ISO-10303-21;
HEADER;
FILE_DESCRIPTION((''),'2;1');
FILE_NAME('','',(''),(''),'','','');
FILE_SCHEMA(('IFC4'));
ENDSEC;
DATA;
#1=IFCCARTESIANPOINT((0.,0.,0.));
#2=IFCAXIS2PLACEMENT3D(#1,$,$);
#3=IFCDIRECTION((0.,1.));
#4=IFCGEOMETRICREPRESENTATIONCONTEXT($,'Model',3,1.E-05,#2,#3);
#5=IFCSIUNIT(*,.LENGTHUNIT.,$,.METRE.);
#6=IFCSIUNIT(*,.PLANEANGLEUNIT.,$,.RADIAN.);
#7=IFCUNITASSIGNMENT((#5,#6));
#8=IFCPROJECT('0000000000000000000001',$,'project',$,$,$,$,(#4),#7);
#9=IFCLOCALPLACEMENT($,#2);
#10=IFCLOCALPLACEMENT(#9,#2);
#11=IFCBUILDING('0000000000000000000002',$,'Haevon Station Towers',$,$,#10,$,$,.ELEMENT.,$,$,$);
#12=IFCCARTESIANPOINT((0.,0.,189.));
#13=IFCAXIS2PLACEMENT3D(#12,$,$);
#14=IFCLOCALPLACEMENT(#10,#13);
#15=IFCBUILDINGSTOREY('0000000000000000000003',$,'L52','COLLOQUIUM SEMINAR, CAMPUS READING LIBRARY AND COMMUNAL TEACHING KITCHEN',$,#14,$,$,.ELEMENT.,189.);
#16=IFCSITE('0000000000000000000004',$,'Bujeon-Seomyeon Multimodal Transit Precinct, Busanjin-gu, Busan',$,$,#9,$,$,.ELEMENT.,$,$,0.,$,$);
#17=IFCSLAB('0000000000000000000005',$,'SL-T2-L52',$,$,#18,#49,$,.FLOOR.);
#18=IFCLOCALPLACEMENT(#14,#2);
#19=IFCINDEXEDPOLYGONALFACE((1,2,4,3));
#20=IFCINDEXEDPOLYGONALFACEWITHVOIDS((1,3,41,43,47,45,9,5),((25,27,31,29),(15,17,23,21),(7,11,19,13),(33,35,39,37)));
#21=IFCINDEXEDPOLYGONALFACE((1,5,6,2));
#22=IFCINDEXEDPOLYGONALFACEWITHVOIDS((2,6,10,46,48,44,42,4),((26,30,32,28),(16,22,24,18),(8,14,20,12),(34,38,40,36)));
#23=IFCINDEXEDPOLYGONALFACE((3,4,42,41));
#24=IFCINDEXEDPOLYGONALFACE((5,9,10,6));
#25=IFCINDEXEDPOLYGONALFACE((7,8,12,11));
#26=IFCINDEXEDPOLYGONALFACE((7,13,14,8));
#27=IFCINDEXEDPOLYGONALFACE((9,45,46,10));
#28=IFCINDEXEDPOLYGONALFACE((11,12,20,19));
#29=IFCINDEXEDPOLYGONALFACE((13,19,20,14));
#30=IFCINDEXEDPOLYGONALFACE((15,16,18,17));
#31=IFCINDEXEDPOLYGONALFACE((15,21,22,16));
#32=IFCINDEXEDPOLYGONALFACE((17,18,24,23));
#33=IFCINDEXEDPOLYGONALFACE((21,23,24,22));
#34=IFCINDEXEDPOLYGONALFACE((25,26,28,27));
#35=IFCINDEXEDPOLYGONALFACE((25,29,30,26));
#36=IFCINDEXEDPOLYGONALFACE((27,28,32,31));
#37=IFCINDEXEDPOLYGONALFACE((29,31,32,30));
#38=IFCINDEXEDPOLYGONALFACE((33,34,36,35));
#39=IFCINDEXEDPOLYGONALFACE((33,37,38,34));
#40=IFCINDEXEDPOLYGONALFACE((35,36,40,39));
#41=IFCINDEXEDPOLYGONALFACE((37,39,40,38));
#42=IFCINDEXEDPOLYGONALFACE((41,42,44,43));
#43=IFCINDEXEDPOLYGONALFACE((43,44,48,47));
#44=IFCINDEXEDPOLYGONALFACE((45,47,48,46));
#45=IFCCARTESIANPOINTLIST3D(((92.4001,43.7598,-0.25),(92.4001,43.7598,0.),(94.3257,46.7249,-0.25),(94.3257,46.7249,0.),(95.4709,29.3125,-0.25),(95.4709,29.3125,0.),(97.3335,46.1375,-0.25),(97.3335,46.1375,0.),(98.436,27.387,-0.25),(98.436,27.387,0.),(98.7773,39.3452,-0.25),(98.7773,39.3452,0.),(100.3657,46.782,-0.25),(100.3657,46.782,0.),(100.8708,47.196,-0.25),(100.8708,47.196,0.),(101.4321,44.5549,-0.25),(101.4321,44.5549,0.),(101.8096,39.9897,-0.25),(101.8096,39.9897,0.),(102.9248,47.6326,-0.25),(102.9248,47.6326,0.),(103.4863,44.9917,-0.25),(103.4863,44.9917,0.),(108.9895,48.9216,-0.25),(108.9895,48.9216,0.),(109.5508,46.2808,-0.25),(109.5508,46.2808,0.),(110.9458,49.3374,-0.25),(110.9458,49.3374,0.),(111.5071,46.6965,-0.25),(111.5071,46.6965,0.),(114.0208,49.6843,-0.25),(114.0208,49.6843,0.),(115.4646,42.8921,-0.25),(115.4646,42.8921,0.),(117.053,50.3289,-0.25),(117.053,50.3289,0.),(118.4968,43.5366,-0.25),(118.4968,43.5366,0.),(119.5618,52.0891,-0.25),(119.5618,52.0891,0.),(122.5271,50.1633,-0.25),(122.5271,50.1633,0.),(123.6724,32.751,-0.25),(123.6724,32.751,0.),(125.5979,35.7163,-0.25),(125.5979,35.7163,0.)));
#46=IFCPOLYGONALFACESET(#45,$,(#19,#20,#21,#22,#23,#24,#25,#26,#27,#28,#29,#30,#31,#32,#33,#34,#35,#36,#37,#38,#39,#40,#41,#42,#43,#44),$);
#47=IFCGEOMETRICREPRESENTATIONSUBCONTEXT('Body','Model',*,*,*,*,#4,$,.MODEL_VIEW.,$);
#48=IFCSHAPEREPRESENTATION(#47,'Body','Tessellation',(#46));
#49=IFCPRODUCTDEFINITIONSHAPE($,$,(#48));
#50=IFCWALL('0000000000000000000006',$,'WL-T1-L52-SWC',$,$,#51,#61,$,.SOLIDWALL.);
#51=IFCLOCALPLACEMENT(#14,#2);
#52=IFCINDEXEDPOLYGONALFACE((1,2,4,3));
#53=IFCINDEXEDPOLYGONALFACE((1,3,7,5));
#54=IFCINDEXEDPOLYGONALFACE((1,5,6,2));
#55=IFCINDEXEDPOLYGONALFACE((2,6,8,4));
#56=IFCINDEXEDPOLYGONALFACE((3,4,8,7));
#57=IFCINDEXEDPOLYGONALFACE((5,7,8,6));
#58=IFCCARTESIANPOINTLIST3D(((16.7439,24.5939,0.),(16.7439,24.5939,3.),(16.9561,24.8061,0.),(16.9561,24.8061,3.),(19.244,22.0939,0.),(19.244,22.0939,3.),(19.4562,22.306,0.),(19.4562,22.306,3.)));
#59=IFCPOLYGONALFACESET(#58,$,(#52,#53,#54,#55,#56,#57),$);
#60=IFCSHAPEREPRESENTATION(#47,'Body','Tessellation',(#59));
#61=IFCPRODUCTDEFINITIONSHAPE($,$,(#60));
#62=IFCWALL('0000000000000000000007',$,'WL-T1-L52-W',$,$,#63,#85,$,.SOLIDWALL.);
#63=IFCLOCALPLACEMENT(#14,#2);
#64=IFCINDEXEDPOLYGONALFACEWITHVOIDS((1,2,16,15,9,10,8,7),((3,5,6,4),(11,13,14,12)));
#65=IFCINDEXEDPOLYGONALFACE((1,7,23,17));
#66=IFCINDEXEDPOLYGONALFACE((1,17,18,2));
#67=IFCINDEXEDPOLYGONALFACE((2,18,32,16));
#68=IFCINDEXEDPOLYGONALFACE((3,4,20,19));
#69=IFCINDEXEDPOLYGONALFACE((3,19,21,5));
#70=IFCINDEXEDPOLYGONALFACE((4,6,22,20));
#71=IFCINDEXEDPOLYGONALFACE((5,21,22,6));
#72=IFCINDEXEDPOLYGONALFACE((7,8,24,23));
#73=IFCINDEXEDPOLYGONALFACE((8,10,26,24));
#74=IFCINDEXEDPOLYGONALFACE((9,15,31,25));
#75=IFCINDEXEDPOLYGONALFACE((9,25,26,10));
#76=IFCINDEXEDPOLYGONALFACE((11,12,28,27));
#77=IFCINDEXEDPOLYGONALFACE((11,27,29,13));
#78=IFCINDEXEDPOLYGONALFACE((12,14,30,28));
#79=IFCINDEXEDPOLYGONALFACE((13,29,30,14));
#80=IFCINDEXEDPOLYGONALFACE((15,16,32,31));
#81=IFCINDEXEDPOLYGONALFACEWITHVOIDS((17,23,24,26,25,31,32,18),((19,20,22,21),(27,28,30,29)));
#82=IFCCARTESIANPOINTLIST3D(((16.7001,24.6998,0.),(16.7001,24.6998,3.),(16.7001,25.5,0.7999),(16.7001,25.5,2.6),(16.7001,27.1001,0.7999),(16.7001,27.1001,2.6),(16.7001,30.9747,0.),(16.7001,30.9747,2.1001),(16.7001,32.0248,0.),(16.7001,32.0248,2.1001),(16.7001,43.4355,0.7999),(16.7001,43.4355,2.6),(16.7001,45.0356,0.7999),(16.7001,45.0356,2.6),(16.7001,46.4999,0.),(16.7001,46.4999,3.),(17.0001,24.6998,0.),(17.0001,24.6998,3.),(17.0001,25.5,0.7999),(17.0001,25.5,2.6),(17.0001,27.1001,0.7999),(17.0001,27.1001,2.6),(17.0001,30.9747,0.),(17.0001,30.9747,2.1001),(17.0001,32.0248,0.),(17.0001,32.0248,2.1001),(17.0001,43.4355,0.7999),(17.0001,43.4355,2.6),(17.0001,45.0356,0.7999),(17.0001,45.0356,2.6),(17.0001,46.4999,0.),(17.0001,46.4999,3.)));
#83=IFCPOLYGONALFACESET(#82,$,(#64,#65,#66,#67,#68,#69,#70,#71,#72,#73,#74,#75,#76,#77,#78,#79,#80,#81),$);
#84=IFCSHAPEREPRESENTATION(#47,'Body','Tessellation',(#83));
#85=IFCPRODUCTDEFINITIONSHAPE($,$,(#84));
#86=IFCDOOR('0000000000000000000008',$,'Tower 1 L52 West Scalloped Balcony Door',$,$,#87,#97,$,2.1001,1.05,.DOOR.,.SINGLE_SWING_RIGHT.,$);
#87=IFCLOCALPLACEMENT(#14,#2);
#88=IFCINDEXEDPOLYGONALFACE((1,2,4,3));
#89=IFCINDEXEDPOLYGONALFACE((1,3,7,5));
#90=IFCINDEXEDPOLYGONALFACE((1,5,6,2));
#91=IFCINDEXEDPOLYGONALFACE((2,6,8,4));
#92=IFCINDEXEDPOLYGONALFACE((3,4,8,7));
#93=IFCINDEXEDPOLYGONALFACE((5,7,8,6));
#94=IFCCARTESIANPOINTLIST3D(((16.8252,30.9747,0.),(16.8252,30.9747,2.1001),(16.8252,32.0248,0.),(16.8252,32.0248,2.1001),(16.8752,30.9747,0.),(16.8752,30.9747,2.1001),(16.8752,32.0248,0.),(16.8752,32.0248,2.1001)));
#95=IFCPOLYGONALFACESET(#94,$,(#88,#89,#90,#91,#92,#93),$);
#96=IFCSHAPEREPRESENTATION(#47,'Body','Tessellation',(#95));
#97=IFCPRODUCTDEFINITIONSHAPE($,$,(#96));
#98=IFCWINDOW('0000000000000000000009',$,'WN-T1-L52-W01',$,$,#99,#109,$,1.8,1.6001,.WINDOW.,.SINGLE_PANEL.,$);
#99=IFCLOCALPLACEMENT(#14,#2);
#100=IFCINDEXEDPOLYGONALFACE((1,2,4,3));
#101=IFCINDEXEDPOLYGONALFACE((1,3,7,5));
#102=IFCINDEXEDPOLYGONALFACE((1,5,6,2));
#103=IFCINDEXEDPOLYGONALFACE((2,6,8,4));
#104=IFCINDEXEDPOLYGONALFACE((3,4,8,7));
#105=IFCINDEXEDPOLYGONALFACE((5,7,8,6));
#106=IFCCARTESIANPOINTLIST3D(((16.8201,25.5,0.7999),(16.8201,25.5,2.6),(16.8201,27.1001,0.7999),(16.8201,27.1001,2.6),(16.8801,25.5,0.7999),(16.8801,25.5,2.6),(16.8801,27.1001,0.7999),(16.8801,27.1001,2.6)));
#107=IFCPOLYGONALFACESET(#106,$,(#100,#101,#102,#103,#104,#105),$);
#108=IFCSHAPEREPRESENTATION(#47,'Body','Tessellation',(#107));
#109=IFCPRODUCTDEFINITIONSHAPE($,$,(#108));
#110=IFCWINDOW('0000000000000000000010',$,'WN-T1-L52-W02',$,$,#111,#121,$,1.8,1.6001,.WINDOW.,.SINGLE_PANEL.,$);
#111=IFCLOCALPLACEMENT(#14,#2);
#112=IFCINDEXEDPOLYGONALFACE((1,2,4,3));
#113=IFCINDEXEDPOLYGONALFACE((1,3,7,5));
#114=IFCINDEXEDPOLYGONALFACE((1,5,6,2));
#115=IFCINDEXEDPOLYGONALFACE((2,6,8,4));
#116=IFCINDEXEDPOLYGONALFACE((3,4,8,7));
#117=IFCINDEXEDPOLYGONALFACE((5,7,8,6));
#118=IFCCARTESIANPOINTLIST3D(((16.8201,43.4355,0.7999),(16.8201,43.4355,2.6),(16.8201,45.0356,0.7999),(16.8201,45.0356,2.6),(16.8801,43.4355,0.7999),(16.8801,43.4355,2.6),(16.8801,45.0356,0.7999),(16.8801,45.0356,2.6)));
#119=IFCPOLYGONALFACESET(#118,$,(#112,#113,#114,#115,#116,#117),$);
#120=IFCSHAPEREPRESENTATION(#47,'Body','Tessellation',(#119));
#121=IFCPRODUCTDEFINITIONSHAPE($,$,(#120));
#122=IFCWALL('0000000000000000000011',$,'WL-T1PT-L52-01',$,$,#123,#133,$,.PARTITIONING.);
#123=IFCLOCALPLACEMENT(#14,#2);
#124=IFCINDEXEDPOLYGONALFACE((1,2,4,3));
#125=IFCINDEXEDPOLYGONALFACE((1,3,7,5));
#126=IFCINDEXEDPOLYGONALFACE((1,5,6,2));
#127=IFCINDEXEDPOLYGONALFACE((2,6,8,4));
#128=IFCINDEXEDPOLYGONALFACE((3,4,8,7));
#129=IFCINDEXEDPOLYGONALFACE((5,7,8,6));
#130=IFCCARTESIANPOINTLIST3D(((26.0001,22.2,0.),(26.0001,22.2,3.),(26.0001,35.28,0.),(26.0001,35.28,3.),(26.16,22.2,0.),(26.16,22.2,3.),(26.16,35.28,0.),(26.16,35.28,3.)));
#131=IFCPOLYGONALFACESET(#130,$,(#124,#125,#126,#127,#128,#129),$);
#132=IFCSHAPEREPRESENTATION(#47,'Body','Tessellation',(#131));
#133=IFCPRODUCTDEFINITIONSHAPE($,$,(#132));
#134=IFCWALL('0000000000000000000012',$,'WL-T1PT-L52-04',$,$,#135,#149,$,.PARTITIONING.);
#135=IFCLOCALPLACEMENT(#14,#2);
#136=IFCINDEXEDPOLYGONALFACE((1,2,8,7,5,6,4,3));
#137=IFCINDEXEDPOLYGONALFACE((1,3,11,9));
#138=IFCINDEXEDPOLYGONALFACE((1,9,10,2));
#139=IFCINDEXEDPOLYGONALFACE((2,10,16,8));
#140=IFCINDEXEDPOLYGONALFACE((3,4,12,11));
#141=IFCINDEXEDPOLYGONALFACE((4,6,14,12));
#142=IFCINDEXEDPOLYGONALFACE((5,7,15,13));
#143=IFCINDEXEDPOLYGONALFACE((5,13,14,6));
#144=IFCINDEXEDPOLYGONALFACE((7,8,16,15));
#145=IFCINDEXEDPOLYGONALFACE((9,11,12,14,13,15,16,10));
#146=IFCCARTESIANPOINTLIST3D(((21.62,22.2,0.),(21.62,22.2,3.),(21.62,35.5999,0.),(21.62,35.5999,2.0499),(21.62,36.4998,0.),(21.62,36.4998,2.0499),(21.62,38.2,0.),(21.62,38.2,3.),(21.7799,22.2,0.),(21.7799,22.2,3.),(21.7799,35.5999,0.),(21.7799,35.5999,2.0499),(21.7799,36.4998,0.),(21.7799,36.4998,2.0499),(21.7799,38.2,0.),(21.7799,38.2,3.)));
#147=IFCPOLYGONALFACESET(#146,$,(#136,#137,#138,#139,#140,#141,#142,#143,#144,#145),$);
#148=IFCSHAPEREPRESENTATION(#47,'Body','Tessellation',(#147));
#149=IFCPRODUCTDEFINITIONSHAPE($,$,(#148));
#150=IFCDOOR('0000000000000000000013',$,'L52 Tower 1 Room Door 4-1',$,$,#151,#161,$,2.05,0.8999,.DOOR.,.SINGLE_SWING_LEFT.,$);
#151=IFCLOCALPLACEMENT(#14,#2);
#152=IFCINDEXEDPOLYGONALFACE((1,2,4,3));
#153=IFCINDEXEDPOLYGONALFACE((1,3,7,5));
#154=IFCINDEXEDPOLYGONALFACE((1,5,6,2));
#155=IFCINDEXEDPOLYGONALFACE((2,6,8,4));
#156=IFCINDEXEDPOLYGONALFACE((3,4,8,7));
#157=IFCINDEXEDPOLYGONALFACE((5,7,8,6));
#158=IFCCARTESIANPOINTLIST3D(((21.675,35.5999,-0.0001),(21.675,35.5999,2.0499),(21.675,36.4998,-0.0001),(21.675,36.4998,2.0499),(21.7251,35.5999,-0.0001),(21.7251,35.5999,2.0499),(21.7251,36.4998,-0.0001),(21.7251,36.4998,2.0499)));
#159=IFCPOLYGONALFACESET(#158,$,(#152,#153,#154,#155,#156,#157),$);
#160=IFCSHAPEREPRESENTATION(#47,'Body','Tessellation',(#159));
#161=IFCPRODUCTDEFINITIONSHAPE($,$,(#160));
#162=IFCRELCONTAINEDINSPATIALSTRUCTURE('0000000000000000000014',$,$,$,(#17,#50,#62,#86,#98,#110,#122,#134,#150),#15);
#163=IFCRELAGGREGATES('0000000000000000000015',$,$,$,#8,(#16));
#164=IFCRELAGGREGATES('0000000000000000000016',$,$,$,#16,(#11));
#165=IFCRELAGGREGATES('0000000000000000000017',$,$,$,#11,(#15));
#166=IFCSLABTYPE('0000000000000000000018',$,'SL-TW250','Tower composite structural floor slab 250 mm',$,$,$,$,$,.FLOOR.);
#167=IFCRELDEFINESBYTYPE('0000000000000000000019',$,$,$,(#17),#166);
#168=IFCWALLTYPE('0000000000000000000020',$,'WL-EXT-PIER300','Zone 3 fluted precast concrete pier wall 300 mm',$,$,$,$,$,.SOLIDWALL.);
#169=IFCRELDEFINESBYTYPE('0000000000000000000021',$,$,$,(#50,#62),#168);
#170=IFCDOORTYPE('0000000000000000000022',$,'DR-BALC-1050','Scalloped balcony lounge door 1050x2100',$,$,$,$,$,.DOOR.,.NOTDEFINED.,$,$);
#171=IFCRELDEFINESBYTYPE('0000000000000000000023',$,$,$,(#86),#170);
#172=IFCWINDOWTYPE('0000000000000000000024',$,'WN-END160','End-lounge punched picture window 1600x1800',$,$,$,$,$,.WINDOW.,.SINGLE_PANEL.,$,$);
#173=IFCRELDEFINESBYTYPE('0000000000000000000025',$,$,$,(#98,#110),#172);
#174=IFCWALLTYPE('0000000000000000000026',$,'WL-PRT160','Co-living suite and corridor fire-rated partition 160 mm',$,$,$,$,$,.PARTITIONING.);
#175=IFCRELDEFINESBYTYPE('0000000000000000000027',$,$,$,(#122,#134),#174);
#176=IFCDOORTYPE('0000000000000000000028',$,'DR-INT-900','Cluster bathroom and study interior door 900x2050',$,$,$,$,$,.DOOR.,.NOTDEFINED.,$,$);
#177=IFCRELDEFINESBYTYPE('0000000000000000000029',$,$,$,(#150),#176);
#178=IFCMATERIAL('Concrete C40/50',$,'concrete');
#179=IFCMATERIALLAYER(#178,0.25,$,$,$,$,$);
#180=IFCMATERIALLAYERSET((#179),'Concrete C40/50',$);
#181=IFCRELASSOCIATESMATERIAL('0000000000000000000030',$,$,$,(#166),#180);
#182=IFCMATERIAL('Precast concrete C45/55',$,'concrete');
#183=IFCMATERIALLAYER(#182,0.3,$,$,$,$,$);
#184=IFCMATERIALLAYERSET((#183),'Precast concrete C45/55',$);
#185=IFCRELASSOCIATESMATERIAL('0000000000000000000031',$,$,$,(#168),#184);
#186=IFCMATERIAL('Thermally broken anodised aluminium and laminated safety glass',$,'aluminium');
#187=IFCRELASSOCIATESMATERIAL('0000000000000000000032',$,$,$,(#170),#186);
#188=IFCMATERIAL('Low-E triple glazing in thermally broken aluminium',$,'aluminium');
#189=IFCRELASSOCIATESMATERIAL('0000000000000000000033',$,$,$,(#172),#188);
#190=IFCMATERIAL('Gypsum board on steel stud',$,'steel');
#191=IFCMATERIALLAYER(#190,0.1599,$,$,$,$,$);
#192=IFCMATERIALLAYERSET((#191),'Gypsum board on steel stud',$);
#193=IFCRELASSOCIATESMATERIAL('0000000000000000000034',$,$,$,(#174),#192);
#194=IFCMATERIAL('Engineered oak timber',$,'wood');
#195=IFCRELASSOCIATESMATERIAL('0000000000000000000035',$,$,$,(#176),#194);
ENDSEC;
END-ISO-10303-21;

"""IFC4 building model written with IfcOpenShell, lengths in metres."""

from ifc_helpers import new_model, si_unit, direction, frame, frame_2d, origin, place, context, subcontext, project, spatial, polyline, rectangle, outline, extrude, material, layer, layer_set, type_object, element, fill, save


model = new_model("IFC4")

# Units and contexts
model_context = context("Model", 3, precision=1e-05, world=origin(), true_north=direction((0.0, 1.0)))
body_context = subcontext(model_context, "Body", "Model", "MODEL_VIEW")
ifc_project = project(units=[si_unit("LENGTHUNIT", "METRE"), si_unit("PLANEANGLEUNIT", "RADIAN")], contexts=[model_context])

# Site, building, storey
site_placement = place(None, origin())
site = spatial("IfcSite", under=ifc_project, at=site_placement, Name="Bujeon-Seomyeon Multimodal Transit Precinct, Busanjin-gu, Busan", CompositionType="ELEMENT", RefElevation=0.0)
building_placement = place(site_placement, origin())
building = spatial("IfcBuilding", under=site, at=building_placement, Name="Haevon Station Towers", CompositionType="ELEMENT")
storey_placement = place(building_placement, frame((0.0, 0.0, 189.0)))
storey = spatial("IfcBuildingStorey", under=building, at=storey_placement, Name="L52", Description="COLLOQUIUM SEMINAR, CAMPUS READING LIBRARY AND COMMUNAL TEACHING KITCHEN", CompositionType="ELEMENT", Elevation=189.0)

# Shared definitions
ifc_material_1 = material(Name="Concrete C40/50", Category="concrete")

# Slab
ifc_layer_1 = layer(ifc_material_1, 0.25)
ifc_layer_set_1 = layer_set([ifc_layer_1], Name="Concrete C40/50")
slab_type_1 = type_object("IfcSlabType", Name="SL-TW250", Description="Tower composite structural floor slab 250 mm", PredefinedType="FLOOR", material=ifc_layer_set_1)
slab_1_placement = place(storey_placement, frame((0.0, 0.0, -0.25)))
element("IfcSlab", 1, at=slab_1_placement, inside=storey, type_object=slab_type_1, Name="SL-T2-L52", PredefinedType="FLOOR", context=body_context, shape_type="SweptSolid", body=[
    extrude(outline(polyline([(98.436, 27.387), (123.6724, 32.751), (125.5979, 35.7163), (122.5271, 50.1633), (119.5618, 52.0891), (94.3257, 46.7249), (92.4001, 43.7598), (95.4709, 29.3125), (98.436, 27.387)]), holes=[polyline([(101.8096, 39.9897), (100.3657, 46.782), (97.3335, 46.1375), (98.7773, 39.3452), (101.8096, 39.9897)]), polyline([(118.4968, 43.5366), (117.053, 50.3289), (114.0208, 49.6843), (115.4646, 42.8921), (118.4968, 43.5366)]), polyline([(101.4321, 44.5549), (103.4863, 44.9917), (102.9248, 47.6326), (100.8708, 47.196), (101.4321, 44.5549)]), polyline([(109.5508, 46.2808), (111.5071, 46.6965), (110.9458, 49.3374), (108.9895, 48.9216), (109.5508, 46.2808)])]), origin(), (0.0, 0.0, 1.0), 0.25),
])

# Wall
ifc_material_2 = material(Name="Precast concrete C45/55", Category="concrete")
ifc_layer_2 = layer(ifc_material_2, 0.3)
ifc_layer_set_2 = layer_set([ifc_layer_2], Name="Precast concrete C45/55")
wall_type_1 = type_object("IfcWallType", Name="WL-EXT-PIER300", Description="Zone 3 fluted precast concrete pier wall 300 mm", PredefinedType="SOLIDWALL", material=ifc_layer_set_2)
wall_1_placement = place(storey_placement, frame((19.3501, 22.2, 0.0), z_axis=(0.0, 0.0, 1.0), x_axis=(-0.707107, 0.707107, 0.0)))
element("IfcWall", 2, at=wall_1_placement, inside=storey, type_object=wall_type_1, Name="WL-T1-L52-SWC", PredefinedType="SOLIDWALL", context=body_context, shape_type="SweptSolid", body=[
    extrude(rectangle(XDim=3.5356, YDim=0.3, at=frame_2d((1.7678, 0.0))), origin(), (0.0, 0.0, 1.0), 3.0),
])

# Wall, openings, door, windows
wall_2_placement = place(storey_placement, frame((16.8501, 24.7, 0.0), z_axis=(0.0, 0.0, 1.0), x_axis=(0.0, 1.0, 0.0)))
wall_2 = element("IfcWall", 3, at=wall_2_placement, inside=storey, type_object=wall_type_1, Name="WL-T1-L52-W", PredefinedType="SOLIDWALL", context=body_context, shape_type="SweptSolid", body=[
    extrude(rectangle(XDim=21.8, YDim=0.3, at=frame_2d((10.8999, 0.0))), origin(), (0.0, 0.0, 1.0), 3.0),
])
opening_1_placement = place(wall_2_placement, frame((6.2749, 0.0, 0.0)))
opening_1 = element("IfcOpeningElement", 4, at=opening_1_placement, cuts=wall_2, PredefinedType="OPENING", context=body_context, shape_type="SweptSolid", body=[
    extrude(rectangle(XDim=1.05, YDim=2.1001, at=frame_2d((0.5249, 1.05))), frame((0.0, 0.1599, 0.0), z_axis=(0.0, -1.0, 0.0), x_axis=(1.0, 0.0, 0.0)), (0.0, 0.0, 1.0), 0.3201),
])
opening_2_placement = place(wall_2_placement, frame((0.8, 0.0, 0.8)))
opening_2 = element("IfcOpeningElement", 5, at=opening_2_placement, cuts=wall_2, PredefinedType="OPENING", context=body_context, shape_type="SweptSolid", body=[
    extrude(rectangle(XDim=1.6001, YDim=1.8, at=frame_2d((0.8, 0.8999))), frame((0.0, 0.1599, 0.0), z_axis=(0.0, -1.0, 0.0), x_axis=(1.0, 0.0, 0.0)), (0.0, 0.0, 1.0), 0.3201),
])
opening_3_placement = place(wall_2_placement, frame((18.7356, 0.0, 0.8)))
opening_3 = element("IfcOpeningElement", 6, at=opening_3_placement, cuts=wall_2, PredefinedType="OPENING", context=body_context, shape_type="SweptSolid", body=[
    extrude(rectangle(XDim=1.6001, YDim=1.8, at=frame_2d((0.8, 0.8999))), frame((0.0, 0.1599, 0.0), z_axis=(0.0, -1.0, 0.0), x_axis=(1.0, 0.0, 0.0)), (0.0, 0.0, 1.0), 0.3201),
])
ifc_material_3 = material(Name="Thermally broken anodised aluminium and laminated safety glass", Category="aluminium")
door_type_1 = type_object("IfcDoorType", Name="DR-BALC-1050", Description="Scalloped balcony lounge door 1050x2100", OperationType="NOTDEFINED", PredefinedType="DOOR", material=ifc_material_3)
door_1_placement = place(opening_1_placement, origin())
door_1 = element("IfcDoor", 7, at=door_1_placement, inside=storey, type_object=door_type_1, Name="Tower 1 L52 West Scalloped Balcony Door", OperationType="SINGLE_SWING_RIGHT", OverallHeight=2.1001, OverallWidth=1.05, PredefinedType="DOOR", context=body_context, shape_type="SweptSolid", body=[
    extrude(rectangle(XDim=1.05, YDim=2.1001, at=frame_2d((0.5249, 1.05))), frame((0.0, 0.0249, 0.0), z_axis=(0.0, -1.0, 0.0), x_axis=(1.0, 0.0, 0.0)), (0.0, 0.0, 1.0), 0.05),
])
fill(opening_1, door_1)
ifc_material_4 = material(Name="Low-E triple glazing in thermally broken aluminium", Category="aluminium")
window_type = type_object("IfcWindowType", Name="WN-END160", Description="End-lounge punched picture window 1600x1800", PartitioningType="SINGLE_PANEL", PredefinedType="WINDOW", material=ifc_material_4)
window_1_placement = place(opening_2_placement, origin())
window_1 = element("IfcWindow", 8, at=window_1_placement, inside=storey, type_object=window_type, Name="WN-T1-L52-W01", OverallHeight=1.8, OverallWidth=1.6001, PartitioningType="SINGLE_PANEL", PredefinedType="WINDOW", context=body_context, shape_type="SweptSolid", body=[
    extrude(rectangle(XDim=1.6001, YDim=1.8, at=frame_2d((0.8, 0.8999))), frame((0.0, 0.03, 0.0), z_axis=(0.0, -1.0, 0.0), x_axis=(1.0, 0.0, 0.0)), (0.0, 0.0, 1.0), 0.0601),
])
fill(opening_2, window_1)
window_2_placement = place(opening_3_placement, origin())
window_2 = element("IfcWindow", 9, at=window_2_placement, inside=storey, type_object=window_type, Name="WN-T1-L52-W02", OverallHeight=1.8, OverallWidth=1.6001, PartitioningType="SINGLE_PANEL", PredefinedType="WINDOW", context=body_context, shape_type="SweptSolid", body=[
    extrude(rectangle(XDim=1.6001, YDim=1.8, at=frame_2d((0.8, 0.8999))), frame((0.0, 0.03, 0.0), z_axis=(0.0, -1.0, 0.0), x_axis=(1.0, 0.0, 0.0)), (0.0, 0.0, 1.0), 0.0601),
])
fill(opening_3, window_2)

# Wall
ifc_material_5 = material(Name="Gypsum board on steel stud", Category="steel")
ifc_layer_3 = layer(ifc_material_5, 0.1599)
ifc_layer_set_3 = layer_set([ifc_layer_3], Name="Gypsum board on steel stud")
wall_type_2 = type_object("IfcWallType", Name="WL-PRT160", Description="Co-living suite and corridor fire-rated partition 160 mm", PredefinedType="PARTITIONING", material=ifc_layer_set_3)
wall_3_placement = place(storey_placement, frame((26.0801, 22.2, 0.0), z_axis=(0.0, 0.0, 1.0), x_axis=(0.0, 1.0, 0.0)))
element("IfcWall", 10, at=wall_3_placement, inside=storey, type_object=wall_type_2, Name="WL-T1PT-L52-01", PredefinedType="PARTITIONING", context=body_context, shape_type="SweptSolid", body=[
    extrude(rectangle(XDim=13.0801, YDim=0.1599, at=frame_2d((6.54, 0.0))), origin(), (0.0, 0.0, 1.0), 3.0),
])

# Wall, opening, door
wall_4_placement = place(storey_placement, frame((21.7, 22.2, 0.0), z_axis=(0.0, 0.0, 1.0), x_axis=(0.0, 1.0, 0.0)))
wall_4 = element("IfcWall", 11, at=wall_4_placement, inside=storey, type_object=wall_type_2, Name="WL-T1PT-L52-04", PredefinedType="PARTITIONING", context=body_context, shape_type="SweptSolid", body=[
    extrude(rectangle(XDim=16.0, YDim=0.1599, at=frame_2d((8.0, 0.0))), origin(), (0.0, 0.0, 1.0), 3.0),
])
opening_4_placement = place(wall_4_placement, frame((13.3999, 0.0, 0.0)))
opening_4 = element("IfcOpeningElement", 12, at=opening_4_placement, cuts=wall_4, PredefinedType="OPENING", context=body_context, shape_type="SweptSolid", body=[
    extrude(rectangle(XDim=0.8999, YDim=2.05, at=frame_2d((0.45, 1.0249))), frame((0.0, 0.0898, 0.0), z_axis=(0.0, -1.0, 0.0), x_axis=(1.0, 0.0, 0.0)), (0.0, 0.0, 1.0), 0.1799),
])
ifc_material_6 = material(Name="Engineered oak timber", Category="wood")
door_type_2 = type_object("IfcDoorType", Name="DR-INT-900", Description="Cluster bathroom and study interior door 900x2050", OperationType="NOTDEFINED", PredefinedType="DOOR", material=ifc_material_6)
door_2_placement = place(opening_4_placement, origin())
door_2 = element("IfcDoor", 13, at=door_2_placement, inside=storey, type_object=door_type_2, Name="L52 Tower 1 Room Door 4-1", OperationType="SINGLE_SWING_LEFT", OverallHeight=2.05, OverallWidth=0.8999, PredefinedType="DOOR", context=body_context, shape_type="SweptSolid", body=[
    extrude(rectangle(XDim=0.8999, YDim=2.05, at=frame_2d((0.45, 1.0249))), frame((0.0, 0.0249, 0.0), z_axis=(0.0, -1.0, 0.0), x_axis=(1.0, 0.0, 0.0)), (0.0, 0.0, 1.0), 0.05),
])
fill(opening_4, door_2)

save(model, "model.ifc")
